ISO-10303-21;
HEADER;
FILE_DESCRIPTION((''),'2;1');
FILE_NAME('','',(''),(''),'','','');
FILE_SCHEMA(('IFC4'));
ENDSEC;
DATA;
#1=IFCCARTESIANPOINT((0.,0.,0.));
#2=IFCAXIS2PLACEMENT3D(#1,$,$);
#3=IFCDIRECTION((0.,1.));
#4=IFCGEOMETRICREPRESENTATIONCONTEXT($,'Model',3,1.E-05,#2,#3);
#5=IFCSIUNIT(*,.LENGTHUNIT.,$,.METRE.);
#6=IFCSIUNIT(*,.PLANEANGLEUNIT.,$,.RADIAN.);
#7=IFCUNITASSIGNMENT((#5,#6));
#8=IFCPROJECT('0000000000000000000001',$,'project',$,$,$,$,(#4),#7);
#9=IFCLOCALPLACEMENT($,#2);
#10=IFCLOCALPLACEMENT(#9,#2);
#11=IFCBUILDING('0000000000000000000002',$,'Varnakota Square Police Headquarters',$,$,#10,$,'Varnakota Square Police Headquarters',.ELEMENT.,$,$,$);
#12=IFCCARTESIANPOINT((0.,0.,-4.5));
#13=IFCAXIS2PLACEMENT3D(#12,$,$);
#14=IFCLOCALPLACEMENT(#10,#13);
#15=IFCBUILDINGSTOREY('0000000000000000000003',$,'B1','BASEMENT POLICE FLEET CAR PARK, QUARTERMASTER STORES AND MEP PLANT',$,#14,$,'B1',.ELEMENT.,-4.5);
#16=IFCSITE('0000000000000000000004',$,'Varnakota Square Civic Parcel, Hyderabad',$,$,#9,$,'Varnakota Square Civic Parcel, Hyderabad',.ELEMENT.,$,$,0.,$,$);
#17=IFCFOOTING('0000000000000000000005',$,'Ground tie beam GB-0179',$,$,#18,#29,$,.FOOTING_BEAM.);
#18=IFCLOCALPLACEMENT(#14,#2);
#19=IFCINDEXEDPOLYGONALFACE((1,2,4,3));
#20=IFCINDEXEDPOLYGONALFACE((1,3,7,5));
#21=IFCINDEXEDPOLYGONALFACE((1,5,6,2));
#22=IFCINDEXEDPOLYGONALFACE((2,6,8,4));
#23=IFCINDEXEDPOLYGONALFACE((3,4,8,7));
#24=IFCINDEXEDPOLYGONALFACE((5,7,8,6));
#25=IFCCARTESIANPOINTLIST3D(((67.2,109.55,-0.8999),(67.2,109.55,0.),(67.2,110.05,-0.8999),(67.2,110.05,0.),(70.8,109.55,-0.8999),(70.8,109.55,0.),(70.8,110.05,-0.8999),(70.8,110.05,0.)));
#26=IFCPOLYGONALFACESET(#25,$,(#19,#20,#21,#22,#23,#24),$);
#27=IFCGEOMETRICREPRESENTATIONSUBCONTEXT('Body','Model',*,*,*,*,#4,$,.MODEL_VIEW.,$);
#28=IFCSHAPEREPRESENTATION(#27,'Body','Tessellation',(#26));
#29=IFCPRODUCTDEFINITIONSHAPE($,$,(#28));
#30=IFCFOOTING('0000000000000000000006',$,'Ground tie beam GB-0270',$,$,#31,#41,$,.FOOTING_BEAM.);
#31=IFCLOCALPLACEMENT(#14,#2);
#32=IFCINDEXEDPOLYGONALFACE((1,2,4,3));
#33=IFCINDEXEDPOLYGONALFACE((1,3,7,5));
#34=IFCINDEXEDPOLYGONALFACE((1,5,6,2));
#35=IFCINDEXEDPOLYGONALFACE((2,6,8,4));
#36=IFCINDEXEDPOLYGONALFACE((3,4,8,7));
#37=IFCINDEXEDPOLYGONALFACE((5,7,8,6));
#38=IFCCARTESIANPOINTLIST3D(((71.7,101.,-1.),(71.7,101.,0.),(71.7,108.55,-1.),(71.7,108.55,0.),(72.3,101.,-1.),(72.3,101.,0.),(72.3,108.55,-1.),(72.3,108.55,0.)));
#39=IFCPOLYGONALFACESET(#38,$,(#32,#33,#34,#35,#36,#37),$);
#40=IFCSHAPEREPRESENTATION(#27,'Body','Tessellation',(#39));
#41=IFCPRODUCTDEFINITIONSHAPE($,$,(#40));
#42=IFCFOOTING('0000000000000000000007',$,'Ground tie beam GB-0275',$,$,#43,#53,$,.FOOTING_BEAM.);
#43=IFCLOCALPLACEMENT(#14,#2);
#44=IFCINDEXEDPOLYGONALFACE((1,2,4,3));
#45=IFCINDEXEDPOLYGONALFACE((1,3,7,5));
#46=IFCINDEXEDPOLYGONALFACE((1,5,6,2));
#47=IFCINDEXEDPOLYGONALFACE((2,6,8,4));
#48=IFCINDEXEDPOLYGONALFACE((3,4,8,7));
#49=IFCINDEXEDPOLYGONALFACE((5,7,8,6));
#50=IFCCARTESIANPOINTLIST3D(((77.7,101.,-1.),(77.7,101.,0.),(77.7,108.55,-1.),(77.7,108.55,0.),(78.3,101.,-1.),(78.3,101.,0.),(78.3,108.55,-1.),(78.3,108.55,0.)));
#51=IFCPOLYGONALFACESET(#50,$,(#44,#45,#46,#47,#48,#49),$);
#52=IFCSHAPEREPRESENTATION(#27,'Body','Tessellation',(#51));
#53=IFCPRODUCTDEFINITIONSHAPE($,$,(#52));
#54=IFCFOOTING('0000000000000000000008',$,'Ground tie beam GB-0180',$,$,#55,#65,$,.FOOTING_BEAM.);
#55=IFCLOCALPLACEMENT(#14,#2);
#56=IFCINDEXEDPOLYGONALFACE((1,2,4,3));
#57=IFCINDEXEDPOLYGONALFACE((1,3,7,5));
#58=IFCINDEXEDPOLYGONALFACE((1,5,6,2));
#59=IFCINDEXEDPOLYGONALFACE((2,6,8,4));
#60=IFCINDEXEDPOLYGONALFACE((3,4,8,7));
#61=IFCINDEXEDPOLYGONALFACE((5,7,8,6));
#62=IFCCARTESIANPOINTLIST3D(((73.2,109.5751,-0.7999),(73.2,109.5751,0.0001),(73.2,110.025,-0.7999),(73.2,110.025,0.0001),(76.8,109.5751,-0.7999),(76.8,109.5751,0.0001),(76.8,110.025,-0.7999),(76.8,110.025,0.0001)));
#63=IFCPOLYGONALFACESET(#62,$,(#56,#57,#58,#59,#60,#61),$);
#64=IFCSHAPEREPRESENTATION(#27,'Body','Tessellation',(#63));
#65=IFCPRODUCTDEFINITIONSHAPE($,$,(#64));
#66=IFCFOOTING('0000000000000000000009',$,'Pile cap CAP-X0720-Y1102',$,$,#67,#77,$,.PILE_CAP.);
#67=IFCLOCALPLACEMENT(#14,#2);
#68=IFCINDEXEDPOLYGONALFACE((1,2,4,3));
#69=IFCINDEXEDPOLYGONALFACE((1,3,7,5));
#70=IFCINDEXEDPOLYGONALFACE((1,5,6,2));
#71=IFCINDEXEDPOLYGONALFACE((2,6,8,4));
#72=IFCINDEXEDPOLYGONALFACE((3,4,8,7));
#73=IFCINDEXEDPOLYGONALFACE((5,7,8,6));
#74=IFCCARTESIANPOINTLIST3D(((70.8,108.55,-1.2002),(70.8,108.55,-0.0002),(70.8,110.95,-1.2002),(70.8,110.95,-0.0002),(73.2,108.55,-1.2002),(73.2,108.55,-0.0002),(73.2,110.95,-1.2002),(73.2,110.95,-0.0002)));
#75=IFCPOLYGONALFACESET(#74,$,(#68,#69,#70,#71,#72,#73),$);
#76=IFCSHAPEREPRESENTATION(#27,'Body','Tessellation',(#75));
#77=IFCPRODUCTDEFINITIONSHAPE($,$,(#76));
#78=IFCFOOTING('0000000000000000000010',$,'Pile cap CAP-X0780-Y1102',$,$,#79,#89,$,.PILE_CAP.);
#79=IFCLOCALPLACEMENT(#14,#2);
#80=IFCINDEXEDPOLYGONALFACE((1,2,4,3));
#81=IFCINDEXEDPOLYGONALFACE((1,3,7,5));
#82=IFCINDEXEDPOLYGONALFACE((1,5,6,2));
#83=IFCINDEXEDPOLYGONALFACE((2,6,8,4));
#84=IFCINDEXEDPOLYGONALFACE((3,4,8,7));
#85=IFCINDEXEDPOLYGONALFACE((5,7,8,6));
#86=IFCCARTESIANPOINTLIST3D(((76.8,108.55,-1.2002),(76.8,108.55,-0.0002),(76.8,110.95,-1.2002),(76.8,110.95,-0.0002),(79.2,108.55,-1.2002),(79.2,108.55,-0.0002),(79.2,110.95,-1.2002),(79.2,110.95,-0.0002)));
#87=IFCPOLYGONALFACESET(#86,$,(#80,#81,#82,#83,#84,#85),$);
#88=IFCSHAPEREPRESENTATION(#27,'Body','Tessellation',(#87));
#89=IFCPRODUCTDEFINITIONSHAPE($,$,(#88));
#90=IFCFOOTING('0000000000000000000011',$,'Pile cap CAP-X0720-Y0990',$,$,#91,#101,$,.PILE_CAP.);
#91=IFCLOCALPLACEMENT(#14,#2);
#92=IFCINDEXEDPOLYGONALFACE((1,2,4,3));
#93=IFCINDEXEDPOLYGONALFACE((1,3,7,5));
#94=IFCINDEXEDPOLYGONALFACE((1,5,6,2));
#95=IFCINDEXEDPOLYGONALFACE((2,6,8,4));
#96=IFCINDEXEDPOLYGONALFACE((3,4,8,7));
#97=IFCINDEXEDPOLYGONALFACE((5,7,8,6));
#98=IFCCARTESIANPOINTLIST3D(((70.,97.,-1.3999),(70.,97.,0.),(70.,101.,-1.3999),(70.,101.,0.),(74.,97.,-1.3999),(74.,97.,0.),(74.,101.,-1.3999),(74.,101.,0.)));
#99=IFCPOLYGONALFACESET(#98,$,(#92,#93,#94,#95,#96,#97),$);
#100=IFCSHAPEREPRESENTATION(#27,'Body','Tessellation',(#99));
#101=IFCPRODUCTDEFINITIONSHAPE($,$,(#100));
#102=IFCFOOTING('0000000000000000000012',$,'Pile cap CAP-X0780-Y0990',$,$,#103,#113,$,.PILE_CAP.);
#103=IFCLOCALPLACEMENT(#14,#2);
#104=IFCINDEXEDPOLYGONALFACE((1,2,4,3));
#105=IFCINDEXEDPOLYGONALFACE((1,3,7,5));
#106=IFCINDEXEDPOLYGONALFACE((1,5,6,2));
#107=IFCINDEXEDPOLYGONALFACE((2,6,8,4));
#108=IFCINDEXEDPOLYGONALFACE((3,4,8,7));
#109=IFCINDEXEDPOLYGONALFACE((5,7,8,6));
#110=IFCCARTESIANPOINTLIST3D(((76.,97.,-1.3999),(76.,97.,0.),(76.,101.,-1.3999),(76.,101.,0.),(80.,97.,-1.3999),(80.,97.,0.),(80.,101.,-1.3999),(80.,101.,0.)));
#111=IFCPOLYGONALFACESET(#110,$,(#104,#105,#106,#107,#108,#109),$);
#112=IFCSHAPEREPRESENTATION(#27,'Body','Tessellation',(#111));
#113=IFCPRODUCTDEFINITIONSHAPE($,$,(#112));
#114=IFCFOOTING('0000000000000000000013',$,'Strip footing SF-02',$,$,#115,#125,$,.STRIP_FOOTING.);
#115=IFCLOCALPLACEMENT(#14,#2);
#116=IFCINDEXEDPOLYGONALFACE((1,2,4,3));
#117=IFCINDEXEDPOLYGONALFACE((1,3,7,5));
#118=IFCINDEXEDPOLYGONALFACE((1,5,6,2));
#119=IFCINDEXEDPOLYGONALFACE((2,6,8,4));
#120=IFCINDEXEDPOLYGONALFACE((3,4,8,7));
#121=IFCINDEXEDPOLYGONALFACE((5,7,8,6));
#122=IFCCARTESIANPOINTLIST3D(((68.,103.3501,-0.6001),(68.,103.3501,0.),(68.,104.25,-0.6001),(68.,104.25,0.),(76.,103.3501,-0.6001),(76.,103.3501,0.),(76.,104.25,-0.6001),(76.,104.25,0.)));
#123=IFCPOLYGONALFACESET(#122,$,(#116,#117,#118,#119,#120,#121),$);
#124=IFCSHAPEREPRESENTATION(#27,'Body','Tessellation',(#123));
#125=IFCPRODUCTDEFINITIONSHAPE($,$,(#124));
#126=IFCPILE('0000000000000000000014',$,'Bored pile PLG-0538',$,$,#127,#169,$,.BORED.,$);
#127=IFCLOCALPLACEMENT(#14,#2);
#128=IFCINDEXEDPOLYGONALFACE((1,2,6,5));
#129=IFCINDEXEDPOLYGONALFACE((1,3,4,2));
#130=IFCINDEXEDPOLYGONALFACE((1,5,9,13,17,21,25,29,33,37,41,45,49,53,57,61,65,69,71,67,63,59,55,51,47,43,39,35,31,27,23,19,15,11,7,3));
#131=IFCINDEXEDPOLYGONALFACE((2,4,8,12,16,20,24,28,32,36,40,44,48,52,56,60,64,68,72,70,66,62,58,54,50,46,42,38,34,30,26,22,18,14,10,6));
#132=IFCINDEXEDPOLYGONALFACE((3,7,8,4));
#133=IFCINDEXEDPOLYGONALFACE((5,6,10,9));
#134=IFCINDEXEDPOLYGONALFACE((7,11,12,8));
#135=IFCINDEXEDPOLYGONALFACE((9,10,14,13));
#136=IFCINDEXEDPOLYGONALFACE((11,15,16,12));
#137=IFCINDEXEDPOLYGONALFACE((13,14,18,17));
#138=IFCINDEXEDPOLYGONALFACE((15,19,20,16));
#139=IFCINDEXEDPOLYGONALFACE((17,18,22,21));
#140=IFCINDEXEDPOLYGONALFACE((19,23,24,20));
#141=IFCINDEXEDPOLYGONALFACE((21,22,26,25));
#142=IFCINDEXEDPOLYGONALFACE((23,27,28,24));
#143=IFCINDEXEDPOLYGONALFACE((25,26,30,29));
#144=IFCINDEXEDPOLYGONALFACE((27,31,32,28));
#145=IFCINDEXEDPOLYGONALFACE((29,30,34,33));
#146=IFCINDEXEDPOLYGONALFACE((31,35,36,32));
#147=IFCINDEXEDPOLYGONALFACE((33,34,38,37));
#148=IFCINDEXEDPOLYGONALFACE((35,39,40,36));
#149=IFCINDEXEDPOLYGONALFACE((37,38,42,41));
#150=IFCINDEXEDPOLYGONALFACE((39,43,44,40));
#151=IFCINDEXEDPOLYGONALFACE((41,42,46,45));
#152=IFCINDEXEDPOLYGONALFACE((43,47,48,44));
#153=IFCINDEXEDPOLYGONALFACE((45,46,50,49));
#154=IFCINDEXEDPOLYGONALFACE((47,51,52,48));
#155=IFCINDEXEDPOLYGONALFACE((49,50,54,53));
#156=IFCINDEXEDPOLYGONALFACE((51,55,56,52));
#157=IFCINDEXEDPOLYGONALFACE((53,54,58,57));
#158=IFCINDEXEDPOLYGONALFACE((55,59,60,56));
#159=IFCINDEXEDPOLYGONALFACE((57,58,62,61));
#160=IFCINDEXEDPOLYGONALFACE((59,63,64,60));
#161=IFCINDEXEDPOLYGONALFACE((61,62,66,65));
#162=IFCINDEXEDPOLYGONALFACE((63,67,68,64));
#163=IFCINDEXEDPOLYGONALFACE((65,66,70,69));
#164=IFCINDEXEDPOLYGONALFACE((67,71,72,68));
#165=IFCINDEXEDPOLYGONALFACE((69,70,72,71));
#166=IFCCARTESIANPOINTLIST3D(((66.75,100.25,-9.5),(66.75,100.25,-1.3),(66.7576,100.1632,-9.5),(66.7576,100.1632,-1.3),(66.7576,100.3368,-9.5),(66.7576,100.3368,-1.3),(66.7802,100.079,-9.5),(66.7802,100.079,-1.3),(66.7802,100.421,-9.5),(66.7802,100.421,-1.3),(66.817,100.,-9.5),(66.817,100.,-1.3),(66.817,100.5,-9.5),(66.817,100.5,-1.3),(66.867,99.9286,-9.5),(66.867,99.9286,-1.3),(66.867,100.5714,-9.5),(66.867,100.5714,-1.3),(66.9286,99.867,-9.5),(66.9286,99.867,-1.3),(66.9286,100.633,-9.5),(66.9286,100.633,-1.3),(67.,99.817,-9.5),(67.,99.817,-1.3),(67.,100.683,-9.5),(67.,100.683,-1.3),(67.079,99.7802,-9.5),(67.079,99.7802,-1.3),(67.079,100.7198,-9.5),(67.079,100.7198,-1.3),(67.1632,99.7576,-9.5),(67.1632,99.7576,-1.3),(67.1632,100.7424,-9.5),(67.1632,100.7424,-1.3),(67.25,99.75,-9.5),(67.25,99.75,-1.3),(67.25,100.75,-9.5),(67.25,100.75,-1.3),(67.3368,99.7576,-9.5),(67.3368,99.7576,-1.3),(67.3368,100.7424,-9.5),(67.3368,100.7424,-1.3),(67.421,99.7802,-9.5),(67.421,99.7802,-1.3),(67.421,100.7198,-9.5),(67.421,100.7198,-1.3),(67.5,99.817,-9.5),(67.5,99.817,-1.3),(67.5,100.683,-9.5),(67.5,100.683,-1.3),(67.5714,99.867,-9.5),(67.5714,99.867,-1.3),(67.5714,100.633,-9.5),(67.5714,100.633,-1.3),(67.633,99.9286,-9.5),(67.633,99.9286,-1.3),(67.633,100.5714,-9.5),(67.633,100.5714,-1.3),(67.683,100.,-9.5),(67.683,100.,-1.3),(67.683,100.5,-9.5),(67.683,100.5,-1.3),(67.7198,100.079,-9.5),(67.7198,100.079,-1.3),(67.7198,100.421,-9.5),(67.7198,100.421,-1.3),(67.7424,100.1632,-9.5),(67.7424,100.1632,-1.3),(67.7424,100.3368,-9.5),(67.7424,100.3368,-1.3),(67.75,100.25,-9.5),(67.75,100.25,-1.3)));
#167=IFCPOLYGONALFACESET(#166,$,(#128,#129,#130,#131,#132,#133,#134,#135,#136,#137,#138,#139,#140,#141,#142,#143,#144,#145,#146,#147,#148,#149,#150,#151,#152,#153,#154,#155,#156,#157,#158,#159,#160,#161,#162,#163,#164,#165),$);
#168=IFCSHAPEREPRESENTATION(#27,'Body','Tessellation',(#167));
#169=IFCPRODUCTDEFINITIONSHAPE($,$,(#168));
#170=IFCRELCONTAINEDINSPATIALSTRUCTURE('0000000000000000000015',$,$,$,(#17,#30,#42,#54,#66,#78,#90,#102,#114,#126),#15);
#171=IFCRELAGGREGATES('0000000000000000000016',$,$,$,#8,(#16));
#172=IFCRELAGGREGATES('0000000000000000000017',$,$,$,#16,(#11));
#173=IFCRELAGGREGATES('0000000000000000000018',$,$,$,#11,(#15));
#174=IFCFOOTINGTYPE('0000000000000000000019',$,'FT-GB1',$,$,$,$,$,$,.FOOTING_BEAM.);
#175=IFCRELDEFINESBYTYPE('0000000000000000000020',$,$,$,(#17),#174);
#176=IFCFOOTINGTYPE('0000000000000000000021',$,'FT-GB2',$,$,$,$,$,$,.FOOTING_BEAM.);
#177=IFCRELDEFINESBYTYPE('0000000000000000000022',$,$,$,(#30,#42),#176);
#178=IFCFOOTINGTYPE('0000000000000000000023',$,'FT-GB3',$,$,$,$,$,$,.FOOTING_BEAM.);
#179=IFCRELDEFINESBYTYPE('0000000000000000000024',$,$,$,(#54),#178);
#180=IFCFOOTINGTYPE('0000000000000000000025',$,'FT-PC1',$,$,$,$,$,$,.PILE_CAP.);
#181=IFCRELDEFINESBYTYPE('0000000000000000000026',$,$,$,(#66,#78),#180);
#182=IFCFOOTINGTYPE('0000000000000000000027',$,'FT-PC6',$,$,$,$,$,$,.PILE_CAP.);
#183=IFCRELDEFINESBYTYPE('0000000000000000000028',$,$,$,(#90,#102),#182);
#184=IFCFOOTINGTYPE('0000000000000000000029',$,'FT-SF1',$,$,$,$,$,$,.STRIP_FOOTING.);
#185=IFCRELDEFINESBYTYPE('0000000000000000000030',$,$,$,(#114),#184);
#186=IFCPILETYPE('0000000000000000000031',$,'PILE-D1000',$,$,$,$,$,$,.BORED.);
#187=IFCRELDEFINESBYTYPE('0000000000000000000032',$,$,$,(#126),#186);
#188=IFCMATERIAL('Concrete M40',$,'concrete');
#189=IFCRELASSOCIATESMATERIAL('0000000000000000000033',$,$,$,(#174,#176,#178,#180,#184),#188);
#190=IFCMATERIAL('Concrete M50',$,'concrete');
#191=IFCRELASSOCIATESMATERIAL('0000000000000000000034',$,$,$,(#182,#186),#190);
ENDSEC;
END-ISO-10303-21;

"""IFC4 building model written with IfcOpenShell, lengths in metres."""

from ifc_helpers import new_model, si_unit, direction, frame, origin, origin_2d, place, context, subcontext, project, spatial, rectangle, circle, extrude, material, material_profile, profile_set, type_object, element, save


model = new_model("IFC4")

# Units and contexts
model_context = context("Model", 3, precision=1e-05, world=origin(), true_north=direction((0.0, 1.0)))
body_context = subcontext(model_context, "Body", "Model", "MODEL_VIEW")
ifc_project = project(units=[si_unit("LENGTHUNIT", "METRE"), si_unit("PLANEANGLEUNIT", "RADIAN")], contexts=[model_context])

# Site, building, storey
site_placement = place(None, origin())
site = spatial("IfcSite", under=ifc_project, at=site_placement, Name="Varnakota Square Civic Parcel, Hyderabad", LongName="Varnakota Square Civic Parcel, Hyderabad", CompositionType="ELEMENT", RefElevation=0.0)
building_placement = place(site_placement, origin())
building = spatial("IfcBuilding", under=site, at=building_placement, Name="Varnakota Square Police Headquarters", LongName="Varnakota Square Police Headquarters", CompositionType="ELEMENT")
storey_placement = place(building_placement, frame((0.0, 0.0, -4.5)))
storey = spatial("IfcBuildingStorey", under=building, at=storey_placement, Name="B1", Description="BASEMENT POLICE FLEET CAR PARK, QUARTERMASTER STORES AND MEP PLANT", LongName="B1", CompositionType="ELEMENT", Elevation=-4.5)

# Footings
ifc_material_1 = material(Name="Concrete M40", Category="concrete")
ifc_material_profile_1 = material_profile(ifc_material_1, rectangle(XDim=0.5, YDim=0.8999, at=origin_2d()), Name="GB 500x900")
ifc_profile_set_1 = profile_set([ifc_material_profile_1], Name="Concrete M40")
footing_type_1 = type_object("IfcFootingType", Name="FT-GB1", PredefinedType="FOOTING_BEAM", material=ifc_profile_set_1)
footing_1_placement = place(storey_placement, frame((67.2, 109.8, -0.45), z_axis=(1.0, 0.0, 0.0), x_axis=(0.0, 1.0, 0.0)))
element("IfcFooting", 1, at=footing_1_placement, inside=storey, type_object=footing_type_1, Name="Ground tie beam GB-0179", PredefinedType="FOOTING_BEAM", context=body_context, shape_type="SweptSolid", body=[
    extrude(rectangle(XDim=0.5, YDim=0.8999, at=origin_2d()), origin(), (0.0, 0.0, 1.0), 3.6001),
])
ifc_material_profile_2 = material_profile(ifc_material_1, rectangle(XDim=0.6001, YDim=1.0, at=origin_2d()), Name="GB 600x1000")
ifc_profile_set_2 = profile_set([ifc_material_profile_2], Name="Concrete M40")
footing_type_2 = type_object("IfcFootingType", Name="FT-GB2", PredefinedType="FOOTING_BEAM", material=ifc_profile_set_2)
for number, where, z_axis, x_axis, name in (
    (2, (72.0, 101.0, -0.5), (0.0, 1.0, 0.0), (-1.0, 0.0, 0.0), "Ground tie beam GB-0270"),
    (3, (78.0, 101.0, -0.5), (0.0, 1.0, 0.0), (-1.0, 0.0, 0.0), "Ground tie beam GB-0275"),
):
    element("IfcFooting", number, at=place(storey_placement, frame(where, z_axis=z_axis, x_axis=x_axis)), inside=storey, type_object=footing_type_2, Name=name, PredefinedType="FOOTING_BEAM", context=body_context, shape_type="SweptSolid", body=[
        extrude(rectangle(XDim=0.6001, YDim=1.0, at=origin_2d()), origin(), (0.0, 0.0, 1.0), 7.55),
    ])
ifc_material_profile_3 = material_profile(ifc_material_1, rectangle(XDim=0.45, YDim=0.8, at=origin_2d()), Name="GB 450x800")
ifc_profile_set_3 = profile_set([ifc_material_profile_3], Name="Concrete M40")
footing_type_3 = type_object("IfcFootingType", Name="FT-GB3", PredefinedType="FOOTING_BEAM", material=ifc_profile_set_3)
footing_2_placement = place(storey_placement, frame((73.2, 109.8, -0.3999), z_axis=(1.0, 0.0, 0.0), x_axis=(0.0, 1.0, 0.0)))
element("IfcFooting", 4, at=footing_2_placement, inside=storey, type_object=footing_type_3, Name="Ground tie beam GB-0180", PredefinedType="FOOTING_BEAM", context=body_context, shape_type="SweptSolid", body=[
    extrude(rectangle(XDim=0.45, YDim=0.8, at=origin_2d()), origin(), (0.0, 0.0, 1.0), 3.6001),
])
footing_type_4 = type_object("IfcFootingType", Name="FT-PC1", PredefinedType="PILE_CAP", material=ifc_material_1)
for number, where, z_axis, x_axis, name in (
    (5, (72.0, 109.75, -1.2002), (0.0, 0.0, 1.0), (1.0, 0.0, 0.0), "Pile cap CAP-X0720-Y1102"),
    (6, (78.0, 109.75, -1.2002), (0.0, 0.0, 1.0), (1.0, 0.0, 0.0), "Pile cap CAP-X0780-Y1102"),
):
    element("IfcFooting", number, at=place(storey_placement, frame(where, z_axis=z_axis, x_axis=x_axis)), inside=storey, type_object=footing_type_4, Name=name, PredefinedType="PILE_CAP", context=body_context, shape_type="SweptSolid", body=[
        extrude(rectangle(XDim=2.3999, YDim=2.3999, at=origin_2d()), origin(), (0.0, 0.0, 1.0), 1.2),
    ])
ifc_material_2 = material(Name="Concrete M50", Category="concrete")
footing_type_5 = type_object("IfcFootingType", Name="FT-PC6", PredefinedType="PILE_CAP", material=ifc_material_2)
for number, where, z_axis, x_axis, name in (
    (7, (72.0, 99.0, -1.3999), (0.0, 0.0, 1.0), (1.0, 0.0, 0.0), "Pile cap CAP-X0720-Y0990"),
    (8, (78.0, 99.0, -1.3999), (0.0, 0.0, 1.0), (1.0, 0.0, 0.0), "Pile cap CAP-X0780-Y0990"),
):
    element("IfcFooting", number, at=place(storey_placement, frame(where, z_axis=z_axis, x_axis=x_axis)), inside=storey, type_object=footing_type_5, Name=name, PredefinedType="PILE_CAP", context=body_context, shape_type="SweptSolid", body=[
        extrude(rectangle(XDim=4.0, YDim=4.0, at=origin_2d()), origin(), (0.0, 0.0, 1.0), 1.3999),
    ])
ifc_material_profile_4 = material_profile(ifc_material_1, rectangle(XDim=0.8999, YDim=0.6001, at=origin_2d()), Name="SF 900x600")
ifc_profile_set_4 = profile_set([ifc_material_profile_4], Name="Concrete M40")
footing_type_6 = type_object("IfcFootingType", Name="FT-SF1", PredefinedType="STRIP_FOOTING", material=ifc_profile_set_4)
footing_3_placement = place(storey_placement, frame((68.0, 103.8, -0.3), z_axis=(1.0, 0.0, 0.0), x_axis=(0.0, 1.0, 0.0)))
element("IfcFooting", 9, at=footing_3_placement, inside=storey, type_object=footing_type_6, Name="Strip footing SF-02", PredefinedType="STRIP_FOOTING", context=body_context, shape_type="SweptSolid", body=[
    extrude(rectangle(XDim=0.8999, YDim=0.6001, at=origin_2d()), origin(), (0.0, 0.0, 1.0), 8.0),
])

# Pile
ifc_material_profile_5 = material_profile(ifc_material_2, circle(Radius=0.5, at=origin_2d()), Name="BORED PILE 1000")
ifc_profile_set_5 = profile_set([ifc_material_profile_5], Name="Concrete M50")
pile_type_1 = type_object("IfcPileType", Name="PILE-D1000", PredefinedType="BORED", material=ifc_profile_set_5)
for number, where, z_axis, x_axis, name in (
    (10, (67.25, 100.25, -1.3), (0.0, 0.0, -1.0), (1.0, 0.0, 0.0), "Bored pile PLG-0538"),
):
    element("IfcPile", number, at=place(storey_placement, frame(where, z_axis=z_axis, x_axis=x_axis)), inside=storey, type_object=pile_type_1, Name=name, PredefinedType="BORED", context=body_context, shape_type="SweptSolid", body=[
        extrude(circle(Radius=0.5, at=origin_2d()), origin(), (0.0, 0.0, 1.0), 8.2),
    ])

save(model, "model.ifc")
